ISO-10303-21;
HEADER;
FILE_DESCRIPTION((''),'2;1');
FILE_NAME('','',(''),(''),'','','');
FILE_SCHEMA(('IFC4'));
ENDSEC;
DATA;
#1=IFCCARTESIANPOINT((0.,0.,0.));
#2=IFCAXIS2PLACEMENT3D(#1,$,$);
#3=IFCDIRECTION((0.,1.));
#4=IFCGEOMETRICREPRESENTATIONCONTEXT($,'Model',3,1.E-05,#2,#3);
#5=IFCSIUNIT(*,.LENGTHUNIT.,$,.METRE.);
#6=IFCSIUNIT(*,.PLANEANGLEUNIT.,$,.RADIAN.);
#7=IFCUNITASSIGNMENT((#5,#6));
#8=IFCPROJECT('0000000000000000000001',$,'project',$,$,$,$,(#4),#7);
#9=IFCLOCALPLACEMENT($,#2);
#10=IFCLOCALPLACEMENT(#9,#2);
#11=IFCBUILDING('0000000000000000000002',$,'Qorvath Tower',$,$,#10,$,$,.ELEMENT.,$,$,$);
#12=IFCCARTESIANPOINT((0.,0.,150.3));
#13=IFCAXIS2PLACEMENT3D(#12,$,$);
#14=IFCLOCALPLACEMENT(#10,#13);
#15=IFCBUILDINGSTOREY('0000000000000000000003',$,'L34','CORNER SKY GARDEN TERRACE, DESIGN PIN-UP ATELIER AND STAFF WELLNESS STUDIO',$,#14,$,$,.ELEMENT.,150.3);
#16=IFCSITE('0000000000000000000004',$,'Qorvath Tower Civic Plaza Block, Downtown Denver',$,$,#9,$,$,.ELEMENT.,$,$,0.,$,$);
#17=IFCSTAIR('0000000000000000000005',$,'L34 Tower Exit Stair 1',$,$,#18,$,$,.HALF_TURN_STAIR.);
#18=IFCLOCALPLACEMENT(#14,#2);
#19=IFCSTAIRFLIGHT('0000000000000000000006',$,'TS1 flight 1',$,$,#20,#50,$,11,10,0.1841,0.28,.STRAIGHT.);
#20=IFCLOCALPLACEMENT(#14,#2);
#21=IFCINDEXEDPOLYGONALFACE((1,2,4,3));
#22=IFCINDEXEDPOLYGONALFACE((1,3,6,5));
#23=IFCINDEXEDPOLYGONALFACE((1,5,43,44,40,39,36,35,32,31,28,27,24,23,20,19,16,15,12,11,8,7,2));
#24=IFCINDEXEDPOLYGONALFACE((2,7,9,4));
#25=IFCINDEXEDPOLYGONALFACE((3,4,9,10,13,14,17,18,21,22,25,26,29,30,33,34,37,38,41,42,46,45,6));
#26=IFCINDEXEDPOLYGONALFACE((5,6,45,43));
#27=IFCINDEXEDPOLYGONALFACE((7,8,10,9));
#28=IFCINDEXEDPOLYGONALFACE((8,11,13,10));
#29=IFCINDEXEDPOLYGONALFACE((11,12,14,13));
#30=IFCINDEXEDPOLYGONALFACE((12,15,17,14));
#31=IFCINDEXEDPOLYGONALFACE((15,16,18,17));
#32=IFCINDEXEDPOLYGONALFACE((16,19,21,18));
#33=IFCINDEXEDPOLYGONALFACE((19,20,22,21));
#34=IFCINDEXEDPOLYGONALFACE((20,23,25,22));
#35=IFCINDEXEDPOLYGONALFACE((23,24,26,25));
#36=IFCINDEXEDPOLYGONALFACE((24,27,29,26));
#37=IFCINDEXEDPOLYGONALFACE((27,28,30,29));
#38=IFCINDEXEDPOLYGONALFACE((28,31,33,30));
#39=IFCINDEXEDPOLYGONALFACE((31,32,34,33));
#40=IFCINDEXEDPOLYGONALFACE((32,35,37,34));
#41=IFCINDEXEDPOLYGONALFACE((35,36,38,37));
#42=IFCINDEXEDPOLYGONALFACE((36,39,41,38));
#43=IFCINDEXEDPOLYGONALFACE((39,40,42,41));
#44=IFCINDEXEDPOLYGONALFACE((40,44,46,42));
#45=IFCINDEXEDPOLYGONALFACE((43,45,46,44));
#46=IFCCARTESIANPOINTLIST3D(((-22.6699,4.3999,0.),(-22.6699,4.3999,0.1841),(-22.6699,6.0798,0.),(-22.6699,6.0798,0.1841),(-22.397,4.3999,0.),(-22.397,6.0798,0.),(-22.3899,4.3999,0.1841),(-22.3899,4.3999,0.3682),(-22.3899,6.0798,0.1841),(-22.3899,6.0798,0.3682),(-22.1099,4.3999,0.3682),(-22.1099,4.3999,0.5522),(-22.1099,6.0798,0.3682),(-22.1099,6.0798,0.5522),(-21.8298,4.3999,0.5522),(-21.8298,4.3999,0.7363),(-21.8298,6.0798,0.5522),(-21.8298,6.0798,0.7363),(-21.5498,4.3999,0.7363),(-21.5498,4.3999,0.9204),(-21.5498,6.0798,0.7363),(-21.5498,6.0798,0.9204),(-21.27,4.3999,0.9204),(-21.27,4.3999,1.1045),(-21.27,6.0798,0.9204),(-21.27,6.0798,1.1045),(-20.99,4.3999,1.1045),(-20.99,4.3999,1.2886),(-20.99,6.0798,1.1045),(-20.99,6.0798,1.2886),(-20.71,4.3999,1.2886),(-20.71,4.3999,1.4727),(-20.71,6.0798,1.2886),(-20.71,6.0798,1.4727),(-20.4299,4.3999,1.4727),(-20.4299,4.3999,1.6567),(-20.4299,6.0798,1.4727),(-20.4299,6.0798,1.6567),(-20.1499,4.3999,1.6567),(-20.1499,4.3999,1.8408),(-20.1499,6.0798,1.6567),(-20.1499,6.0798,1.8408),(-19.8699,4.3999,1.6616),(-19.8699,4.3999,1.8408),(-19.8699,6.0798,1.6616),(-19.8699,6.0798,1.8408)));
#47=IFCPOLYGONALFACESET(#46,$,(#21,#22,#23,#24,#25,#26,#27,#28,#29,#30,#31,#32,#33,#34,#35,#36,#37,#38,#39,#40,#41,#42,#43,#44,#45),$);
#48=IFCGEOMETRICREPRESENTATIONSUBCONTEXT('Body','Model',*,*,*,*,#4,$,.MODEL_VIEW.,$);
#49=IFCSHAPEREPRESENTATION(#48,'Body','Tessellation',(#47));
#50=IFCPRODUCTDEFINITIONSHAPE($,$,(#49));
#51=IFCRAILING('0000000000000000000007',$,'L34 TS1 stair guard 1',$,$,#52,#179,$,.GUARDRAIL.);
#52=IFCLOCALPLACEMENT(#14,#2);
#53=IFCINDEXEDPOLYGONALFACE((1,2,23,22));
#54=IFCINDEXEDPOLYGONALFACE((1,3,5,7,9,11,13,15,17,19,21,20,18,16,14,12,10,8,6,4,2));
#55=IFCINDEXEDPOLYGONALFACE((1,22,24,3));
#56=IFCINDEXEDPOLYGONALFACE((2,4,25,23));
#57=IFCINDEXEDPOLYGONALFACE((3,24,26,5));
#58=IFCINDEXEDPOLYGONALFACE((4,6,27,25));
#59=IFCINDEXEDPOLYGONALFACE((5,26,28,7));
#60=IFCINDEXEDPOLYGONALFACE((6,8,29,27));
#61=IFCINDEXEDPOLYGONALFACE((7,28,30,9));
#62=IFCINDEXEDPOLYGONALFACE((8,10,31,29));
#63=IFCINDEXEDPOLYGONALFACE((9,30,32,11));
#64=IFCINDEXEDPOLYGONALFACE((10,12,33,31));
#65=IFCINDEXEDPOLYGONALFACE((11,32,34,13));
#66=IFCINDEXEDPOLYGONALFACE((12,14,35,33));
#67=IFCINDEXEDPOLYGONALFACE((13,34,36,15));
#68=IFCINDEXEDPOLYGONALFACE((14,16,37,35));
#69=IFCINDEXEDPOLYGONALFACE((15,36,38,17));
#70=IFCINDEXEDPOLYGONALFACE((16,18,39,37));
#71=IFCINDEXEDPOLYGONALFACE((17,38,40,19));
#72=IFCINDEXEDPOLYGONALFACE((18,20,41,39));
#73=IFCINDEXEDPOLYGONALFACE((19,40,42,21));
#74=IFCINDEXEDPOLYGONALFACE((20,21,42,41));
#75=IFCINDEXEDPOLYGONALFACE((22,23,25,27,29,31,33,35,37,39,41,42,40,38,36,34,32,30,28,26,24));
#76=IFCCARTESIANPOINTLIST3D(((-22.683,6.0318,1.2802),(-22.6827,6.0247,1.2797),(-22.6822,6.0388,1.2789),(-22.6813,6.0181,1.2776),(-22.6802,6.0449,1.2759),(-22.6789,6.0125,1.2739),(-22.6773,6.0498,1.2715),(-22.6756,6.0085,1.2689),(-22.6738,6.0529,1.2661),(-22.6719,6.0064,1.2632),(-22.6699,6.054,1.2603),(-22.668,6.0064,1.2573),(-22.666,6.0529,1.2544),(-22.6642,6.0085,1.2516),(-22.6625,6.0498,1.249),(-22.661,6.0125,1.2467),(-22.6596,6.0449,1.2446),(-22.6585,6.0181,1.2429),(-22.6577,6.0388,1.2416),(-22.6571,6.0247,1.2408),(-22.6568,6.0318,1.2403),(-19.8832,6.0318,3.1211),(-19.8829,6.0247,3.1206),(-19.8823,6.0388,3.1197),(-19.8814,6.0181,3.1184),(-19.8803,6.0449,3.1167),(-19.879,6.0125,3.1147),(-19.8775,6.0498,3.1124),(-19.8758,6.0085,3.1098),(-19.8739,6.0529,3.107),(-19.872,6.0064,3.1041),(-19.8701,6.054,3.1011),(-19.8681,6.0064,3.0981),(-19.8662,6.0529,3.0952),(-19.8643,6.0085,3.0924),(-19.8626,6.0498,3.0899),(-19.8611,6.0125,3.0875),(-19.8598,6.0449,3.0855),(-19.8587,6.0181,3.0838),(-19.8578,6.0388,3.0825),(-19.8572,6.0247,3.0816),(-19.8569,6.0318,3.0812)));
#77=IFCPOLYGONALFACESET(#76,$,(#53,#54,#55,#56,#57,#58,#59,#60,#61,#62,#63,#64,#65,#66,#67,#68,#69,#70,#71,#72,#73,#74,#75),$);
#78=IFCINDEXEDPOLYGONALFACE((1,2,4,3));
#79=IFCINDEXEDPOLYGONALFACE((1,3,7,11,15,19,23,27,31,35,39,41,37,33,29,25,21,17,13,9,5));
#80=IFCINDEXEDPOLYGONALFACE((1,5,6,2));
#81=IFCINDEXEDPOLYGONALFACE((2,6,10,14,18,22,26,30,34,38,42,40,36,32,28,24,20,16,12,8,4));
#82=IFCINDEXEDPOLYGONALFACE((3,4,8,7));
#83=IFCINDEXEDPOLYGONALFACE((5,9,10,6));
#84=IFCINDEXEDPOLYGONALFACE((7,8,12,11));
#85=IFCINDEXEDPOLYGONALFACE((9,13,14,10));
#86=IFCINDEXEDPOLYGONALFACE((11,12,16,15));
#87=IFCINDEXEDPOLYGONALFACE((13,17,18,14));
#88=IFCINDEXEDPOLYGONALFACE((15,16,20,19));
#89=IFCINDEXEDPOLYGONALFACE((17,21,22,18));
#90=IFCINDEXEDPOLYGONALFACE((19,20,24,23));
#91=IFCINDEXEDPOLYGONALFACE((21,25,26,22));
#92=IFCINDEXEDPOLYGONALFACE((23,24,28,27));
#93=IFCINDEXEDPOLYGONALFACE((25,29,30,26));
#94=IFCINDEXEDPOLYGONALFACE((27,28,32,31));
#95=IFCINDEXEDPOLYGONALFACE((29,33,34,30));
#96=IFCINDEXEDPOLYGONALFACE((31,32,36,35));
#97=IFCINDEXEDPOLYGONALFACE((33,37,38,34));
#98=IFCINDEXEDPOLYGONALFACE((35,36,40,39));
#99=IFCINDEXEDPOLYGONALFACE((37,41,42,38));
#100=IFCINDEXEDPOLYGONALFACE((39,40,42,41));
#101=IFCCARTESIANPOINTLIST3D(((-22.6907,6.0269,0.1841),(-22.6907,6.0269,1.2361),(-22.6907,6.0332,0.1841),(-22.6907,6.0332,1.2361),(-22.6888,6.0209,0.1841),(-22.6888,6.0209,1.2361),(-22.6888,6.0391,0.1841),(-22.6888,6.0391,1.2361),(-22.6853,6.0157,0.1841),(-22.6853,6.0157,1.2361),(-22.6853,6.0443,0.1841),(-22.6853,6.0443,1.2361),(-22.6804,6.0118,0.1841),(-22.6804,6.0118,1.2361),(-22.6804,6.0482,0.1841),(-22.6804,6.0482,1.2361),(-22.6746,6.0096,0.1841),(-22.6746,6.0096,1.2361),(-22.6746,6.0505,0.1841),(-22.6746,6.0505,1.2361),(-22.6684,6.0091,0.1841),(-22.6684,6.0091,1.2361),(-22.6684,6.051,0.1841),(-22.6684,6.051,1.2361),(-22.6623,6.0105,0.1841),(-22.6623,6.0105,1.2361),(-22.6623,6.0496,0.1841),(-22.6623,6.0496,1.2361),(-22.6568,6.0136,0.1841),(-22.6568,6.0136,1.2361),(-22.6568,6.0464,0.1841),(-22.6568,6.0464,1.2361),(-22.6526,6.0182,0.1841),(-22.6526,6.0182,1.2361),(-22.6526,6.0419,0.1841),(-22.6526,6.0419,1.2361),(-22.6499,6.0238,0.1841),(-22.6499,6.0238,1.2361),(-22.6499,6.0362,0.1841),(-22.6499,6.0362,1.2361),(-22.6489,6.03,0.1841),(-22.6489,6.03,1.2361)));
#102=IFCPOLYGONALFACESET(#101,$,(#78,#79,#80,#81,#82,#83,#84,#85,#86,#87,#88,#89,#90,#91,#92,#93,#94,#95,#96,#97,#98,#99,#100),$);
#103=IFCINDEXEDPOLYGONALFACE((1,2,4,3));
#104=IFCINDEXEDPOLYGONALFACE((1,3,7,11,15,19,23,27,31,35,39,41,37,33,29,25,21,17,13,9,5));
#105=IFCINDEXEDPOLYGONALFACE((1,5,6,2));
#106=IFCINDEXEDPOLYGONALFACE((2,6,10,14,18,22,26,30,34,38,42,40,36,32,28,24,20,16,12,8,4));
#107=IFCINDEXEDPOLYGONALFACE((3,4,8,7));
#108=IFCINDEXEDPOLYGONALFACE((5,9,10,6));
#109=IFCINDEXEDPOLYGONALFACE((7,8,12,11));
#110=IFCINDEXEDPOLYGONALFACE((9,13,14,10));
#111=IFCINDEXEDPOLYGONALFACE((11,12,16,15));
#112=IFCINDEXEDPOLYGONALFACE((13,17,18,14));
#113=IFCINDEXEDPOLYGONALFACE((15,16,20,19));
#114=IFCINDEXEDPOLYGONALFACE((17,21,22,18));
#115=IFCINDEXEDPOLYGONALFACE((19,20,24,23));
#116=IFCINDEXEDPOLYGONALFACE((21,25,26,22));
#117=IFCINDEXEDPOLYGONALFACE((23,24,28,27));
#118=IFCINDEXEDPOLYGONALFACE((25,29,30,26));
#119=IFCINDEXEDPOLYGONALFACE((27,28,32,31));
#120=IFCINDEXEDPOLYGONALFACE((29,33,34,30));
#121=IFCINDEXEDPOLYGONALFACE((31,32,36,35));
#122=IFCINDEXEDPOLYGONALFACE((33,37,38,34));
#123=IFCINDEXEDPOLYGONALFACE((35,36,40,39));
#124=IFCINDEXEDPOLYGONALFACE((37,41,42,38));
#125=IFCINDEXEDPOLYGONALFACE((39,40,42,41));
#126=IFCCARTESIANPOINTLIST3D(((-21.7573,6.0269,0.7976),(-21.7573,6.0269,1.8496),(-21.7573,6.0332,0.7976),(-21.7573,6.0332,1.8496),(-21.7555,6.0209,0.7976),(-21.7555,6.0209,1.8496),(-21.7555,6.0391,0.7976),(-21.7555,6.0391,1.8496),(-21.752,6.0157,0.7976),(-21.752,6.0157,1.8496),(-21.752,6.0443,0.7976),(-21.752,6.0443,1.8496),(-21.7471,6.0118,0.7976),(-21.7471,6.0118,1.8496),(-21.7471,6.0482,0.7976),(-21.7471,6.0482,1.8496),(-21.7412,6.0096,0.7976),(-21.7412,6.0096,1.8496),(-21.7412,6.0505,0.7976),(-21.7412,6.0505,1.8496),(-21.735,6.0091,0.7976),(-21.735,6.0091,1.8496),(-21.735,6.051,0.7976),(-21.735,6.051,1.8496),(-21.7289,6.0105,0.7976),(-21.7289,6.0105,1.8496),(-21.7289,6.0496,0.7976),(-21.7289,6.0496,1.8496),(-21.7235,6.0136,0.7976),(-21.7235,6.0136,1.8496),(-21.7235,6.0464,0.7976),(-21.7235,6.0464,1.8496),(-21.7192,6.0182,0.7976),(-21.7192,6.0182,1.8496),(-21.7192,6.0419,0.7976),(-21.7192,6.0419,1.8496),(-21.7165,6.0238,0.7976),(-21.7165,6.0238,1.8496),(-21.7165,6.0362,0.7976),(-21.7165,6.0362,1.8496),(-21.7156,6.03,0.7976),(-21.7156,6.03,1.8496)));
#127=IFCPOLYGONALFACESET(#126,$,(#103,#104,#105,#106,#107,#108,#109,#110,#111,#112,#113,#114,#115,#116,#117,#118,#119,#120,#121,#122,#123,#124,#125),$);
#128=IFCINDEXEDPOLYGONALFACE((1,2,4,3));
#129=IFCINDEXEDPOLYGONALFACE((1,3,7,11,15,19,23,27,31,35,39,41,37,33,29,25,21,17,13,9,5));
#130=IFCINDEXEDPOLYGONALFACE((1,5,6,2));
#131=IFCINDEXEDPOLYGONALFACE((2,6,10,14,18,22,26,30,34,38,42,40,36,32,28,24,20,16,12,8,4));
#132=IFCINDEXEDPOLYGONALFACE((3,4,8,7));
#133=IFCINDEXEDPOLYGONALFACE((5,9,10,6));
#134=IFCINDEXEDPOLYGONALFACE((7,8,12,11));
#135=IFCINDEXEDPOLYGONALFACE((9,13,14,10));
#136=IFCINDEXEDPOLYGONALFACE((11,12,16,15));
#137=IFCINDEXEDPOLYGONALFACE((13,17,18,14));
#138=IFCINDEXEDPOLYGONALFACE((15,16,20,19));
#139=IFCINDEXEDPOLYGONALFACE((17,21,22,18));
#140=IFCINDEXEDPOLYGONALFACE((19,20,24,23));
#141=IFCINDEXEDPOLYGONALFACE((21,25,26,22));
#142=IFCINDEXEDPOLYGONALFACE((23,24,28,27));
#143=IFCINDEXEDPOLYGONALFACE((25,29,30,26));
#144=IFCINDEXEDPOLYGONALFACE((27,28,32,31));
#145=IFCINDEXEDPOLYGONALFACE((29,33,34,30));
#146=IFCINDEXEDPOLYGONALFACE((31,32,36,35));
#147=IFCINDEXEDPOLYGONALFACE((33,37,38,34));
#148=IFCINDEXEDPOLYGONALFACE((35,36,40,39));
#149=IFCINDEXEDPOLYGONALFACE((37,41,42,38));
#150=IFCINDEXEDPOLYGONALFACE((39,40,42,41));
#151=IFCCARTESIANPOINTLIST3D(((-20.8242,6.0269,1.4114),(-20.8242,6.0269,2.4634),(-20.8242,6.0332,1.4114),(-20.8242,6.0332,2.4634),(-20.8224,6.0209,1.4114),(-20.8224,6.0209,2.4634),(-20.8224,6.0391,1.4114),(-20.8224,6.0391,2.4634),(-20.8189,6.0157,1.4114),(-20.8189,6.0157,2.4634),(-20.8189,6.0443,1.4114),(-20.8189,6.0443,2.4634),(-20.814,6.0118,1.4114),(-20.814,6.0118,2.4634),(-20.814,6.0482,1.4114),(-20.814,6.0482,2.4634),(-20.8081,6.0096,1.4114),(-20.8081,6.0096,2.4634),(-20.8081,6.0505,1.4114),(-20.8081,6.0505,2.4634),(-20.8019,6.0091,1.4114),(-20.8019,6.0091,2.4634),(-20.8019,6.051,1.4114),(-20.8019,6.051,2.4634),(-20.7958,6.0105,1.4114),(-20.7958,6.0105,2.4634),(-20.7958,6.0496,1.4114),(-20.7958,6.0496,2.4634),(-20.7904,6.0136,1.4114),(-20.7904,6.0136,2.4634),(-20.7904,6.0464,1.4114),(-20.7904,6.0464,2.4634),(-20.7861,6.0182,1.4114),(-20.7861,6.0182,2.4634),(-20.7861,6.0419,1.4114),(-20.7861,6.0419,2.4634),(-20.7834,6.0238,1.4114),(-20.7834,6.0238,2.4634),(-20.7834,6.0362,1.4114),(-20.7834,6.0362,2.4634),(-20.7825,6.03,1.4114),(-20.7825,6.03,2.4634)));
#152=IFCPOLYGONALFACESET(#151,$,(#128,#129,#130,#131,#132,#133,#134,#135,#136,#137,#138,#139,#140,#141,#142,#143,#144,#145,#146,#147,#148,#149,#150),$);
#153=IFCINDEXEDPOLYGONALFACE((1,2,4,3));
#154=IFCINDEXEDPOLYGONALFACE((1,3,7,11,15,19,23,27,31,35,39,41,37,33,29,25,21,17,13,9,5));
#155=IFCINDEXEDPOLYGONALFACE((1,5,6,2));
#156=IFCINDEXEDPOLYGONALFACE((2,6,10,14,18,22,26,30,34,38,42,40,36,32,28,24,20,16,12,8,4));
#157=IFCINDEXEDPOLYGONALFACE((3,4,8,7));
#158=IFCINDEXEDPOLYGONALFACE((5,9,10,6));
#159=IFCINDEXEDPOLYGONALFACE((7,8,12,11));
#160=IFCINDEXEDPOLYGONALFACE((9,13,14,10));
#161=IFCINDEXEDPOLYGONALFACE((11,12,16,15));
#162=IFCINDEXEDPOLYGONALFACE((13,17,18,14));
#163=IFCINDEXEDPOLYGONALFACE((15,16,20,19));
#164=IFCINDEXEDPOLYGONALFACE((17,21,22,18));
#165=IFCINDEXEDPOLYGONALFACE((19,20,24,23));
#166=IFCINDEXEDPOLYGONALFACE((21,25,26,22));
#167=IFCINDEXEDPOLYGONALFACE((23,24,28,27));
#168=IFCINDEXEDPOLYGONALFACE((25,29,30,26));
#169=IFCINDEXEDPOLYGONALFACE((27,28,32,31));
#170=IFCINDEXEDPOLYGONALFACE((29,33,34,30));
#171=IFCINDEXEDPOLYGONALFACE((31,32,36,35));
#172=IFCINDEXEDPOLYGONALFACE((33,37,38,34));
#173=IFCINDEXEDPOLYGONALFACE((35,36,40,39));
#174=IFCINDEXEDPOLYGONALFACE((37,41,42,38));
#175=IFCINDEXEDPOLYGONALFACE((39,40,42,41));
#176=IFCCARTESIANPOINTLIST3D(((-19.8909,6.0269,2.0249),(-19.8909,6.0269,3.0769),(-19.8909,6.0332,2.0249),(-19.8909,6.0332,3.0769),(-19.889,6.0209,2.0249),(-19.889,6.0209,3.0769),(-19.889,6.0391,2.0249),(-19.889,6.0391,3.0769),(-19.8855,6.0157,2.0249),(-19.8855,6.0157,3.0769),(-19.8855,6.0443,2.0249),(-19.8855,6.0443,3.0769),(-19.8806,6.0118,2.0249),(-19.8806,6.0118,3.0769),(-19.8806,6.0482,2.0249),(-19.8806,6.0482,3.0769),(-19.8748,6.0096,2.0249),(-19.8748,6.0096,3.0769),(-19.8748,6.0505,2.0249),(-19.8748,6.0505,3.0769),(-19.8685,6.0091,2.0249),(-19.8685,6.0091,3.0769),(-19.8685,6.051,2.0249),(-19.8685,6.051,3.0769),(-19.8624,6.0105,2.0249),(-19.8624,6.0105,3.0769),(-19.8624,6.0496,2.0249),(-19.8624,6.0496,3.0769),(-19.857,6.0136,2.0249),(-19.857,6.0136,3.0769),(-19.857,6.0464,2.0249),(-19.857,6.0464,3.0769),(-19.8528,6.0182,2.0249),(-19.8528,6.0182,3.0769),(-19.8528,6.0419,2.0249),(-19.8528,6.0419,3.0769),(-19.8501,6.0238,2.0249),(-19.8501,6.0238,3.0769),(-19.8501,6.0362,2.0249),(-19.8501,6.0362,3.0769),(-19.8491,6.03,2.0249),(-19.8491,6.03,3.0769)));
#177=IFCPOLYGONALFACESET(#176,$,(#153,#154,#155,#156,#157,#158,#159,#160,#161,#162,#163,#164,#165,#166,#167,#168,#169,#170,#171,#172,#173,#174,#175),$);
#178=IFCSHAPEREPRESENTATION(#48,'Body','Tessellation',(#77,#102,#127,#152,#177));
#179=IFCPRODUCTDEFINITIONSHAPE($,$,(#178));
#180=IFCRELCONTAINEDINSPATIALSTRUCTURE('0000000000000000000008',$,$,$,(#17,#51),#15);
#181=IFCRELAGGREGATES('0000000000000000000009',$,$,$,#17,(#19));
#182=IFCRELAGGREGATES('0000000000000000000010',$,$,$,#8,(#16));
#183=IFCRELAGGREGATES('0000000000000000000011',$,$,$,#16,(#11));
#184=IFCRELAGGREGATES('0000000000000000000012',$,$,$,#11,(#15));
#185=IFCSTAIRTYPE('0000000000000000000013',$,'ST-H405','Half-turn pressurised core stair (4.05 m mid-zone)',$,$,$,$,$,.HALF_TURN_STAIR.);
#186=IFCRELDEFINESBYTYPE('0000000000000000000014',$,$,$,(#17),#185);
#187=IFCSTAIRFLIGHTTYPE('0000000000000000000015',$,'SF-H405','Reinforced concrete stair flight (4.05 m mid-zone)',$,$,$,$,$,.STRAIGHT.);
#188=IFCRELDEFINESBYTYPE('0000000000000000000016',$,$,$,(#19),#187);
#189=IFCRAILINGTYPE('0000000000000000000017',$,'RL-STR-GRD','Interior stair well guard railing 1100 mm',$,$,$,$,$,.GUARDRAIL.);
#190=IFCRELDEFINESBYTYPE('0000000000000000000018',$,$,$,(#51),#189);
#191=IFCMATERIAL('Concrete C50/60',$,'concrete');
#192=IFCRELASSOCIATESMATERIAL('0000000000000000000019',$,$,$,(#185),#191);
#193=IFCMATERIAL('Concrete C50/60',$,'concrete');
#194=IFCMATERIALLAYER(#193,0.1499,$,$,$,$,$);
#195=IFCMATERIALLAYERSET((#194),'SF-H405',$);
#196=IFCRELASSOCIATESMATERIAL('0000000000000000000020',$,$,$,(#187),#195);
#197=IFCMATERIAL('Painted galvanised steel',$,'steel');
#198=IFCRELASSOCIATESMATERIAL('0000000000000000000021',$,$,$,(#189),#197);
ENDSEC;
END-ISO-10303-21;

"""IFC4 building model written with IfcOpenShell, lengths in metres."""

from ifc_helpers import new_model, si_unit, direction, frame, origin, origin_2d, place, context, subcontext, project, spatial, polyline, circle, outline, extrude, material, layer, layer_set, type_object, element, aggregate, save


model = new_model("IFC4")

# Units and contexts
model_context = context("Model", 3, precision=1e-05, world=origin(), true_north=direction((0.0, 1.0)))
body_context = subcontext(model_context, "Body", "Model", "MODEL_VIEW")
ifc_project = project(units=[si_unit("LENGTHUNIT", "METRE"), si_unit("PLANEANGLEUNIT", "RADIAN")], contexts=[model_context])

# Site, building, storey
site_placement = place(None, origin())
site = spatial("IfcSite", under=ifc_project, at=site_placement, Name="Qorvath Tower Civic Plaza Block, Downtown Denver", CompositionType="ELEMENT", RefElevation=0.0)
building_placement = place(site_placement, origin())
building = spatial("IfcBuilding", under=site, at=building_placement, Name="Qorvath Tower", CompositionType="ELEMENT")
storey_placement = place(building_placement, frame((0.0, 0.0, 150.3)))
storey = spatial("IfcBuildingStorey", under=building, at=storey_placement, Name="L34", Description="CORNER SKY GARDEN TERRACE, DESIGN PIN-UP ATELIER AND STAFF WELLNESS STUDIO", CompositionType="ELEMENT", Elevation=150.3)

# Stair, stair flight
ifc_material_1 = material(Name="Concrete C50/60", Category="concrete")
stair_type = type_object("IfcStairType", Name="ST-H405", Description="Half-turn pressurised core stair (4.05 m mid-zone)", PredefinedType="HALF_TURN_STAIR", material=ifc_material_1)
stair_placement = place(storey_placement, origin())
stair = element("IfcStair", 1, at=stair_placement, inside=storey, type_object=stair_type, Name="L34 Tower Exit Stair 1", PredefinedType="HALF_TURN_STAIR")
ifc_material_2 = material(Name="Concrete C50/60", Category="concrete")
ifc_layer_1 = layer(ifc_material_2, 0.1499)
ifc_layer_set_1 = layer_set([ifc_layer_1], Name="SF-H405")
stair_flight_type = type_object("IfcStairFlightType", Name="SF-H405", Description="Reinforced concrete stair flight (4.05 m mid-zone)", PredefinedType="STRAIGHT", material=ifc_layer_set_1)
stair_flight_placement = place(storey_placement, frame((-22.6699, 5.24, 0.0), z_axis=(0.0, 0.0, 1.0), x_axis=(1.0, 0.0, 0.0)))
stair_flight = element("IfcStairFlight", 2, at=stair_flight_placement, type_object=stair_flight_type, Name="TS1 flight 1", NumberOfRisers=11, NumberOfTreads=10, PredefinedType="STRAIGHT", RiserHeight=0.1841, TreadLength=0.28, context=body_context, shape_type="SweptSolid", body=[
    extrude(outline(polyline([(0.0, 0.0), (0.0, 0.1841), (0.28, 0.1841), (0.28, 0.3682), (0.5601, 0.3682), (0.5601, 0.5522), (0.8401, 0.5522), (0.8401, 0.7363), (1.1201, 0.7363), (1.1201, 0.9204), (1.3999, 0.9204), (1.3999, 1.1045), (1.6799, 1.1045), (1.6799, 1.2886), (1.96, 1.2886), (1.96, 1.4727), (2.24, 1.4727), (2.24, 1.6567), (2.52, 1.6567), (2.52, 1.8408), (2.8, 1.8408), (2.8, 2.0249), (2.8, 1.6616), (0.2729, 0.0), (0.0, 0.0)])), frame((0.0, 0.8398, 0.0), z_axis=(0.0, -1.0, 0.0), x_axis=(1.0, 0.0, 0.0)), (0.0, 0.0, 1.0), 1.6799),
])
aggregate(stair, [stair_flight])

# Railing
ifc_material_3 = material(Name="Painted galvanised steel", Category="steel")
railing_type_1 = type_object("IfcRailingType", Name="RL-STR-GRD", Description="Interior stair well guard railing 1100 mm", PredefinedType="GUARDRAIL", material=ifc_material_3)
railing_1_placement = place(storey_placement, frame((-22.6699, 6.03, 0.1841)))
element("IfcRailing", 3, at=railing_1_placement, inside=storey, type_object=railing_type_1, Name="L34 TS1 stair guard 1", PredefinedType="GUARDRAIL", context=body_context, shape_type="SweptSolid", body=[
    extrude(circle(Radius=0.0239, at=origin_2d()), frame((0.0, 0.0, 1.0762), z_axis=(0.835576, 0.0, 0.549376), x_axis=(0.0, 1.0, 0.0)), (0.0, 0.0, 1.0), 3.3508),
    extrude(circle(Radius=0.021, at=origin_2d()), origin(), (0.0, 0.0, 1.0), 1.052),
    extrude(circle(Radius=0.021, at=origin_2d()), frame((0.9333, 0.0, 0.6135)), (0.0, 0.0, 1.0), 1.052),
    extrude(circle(Radius=0.021, at=origin_2d()), frame((1.8665, 0.0, 1.2273)), (0.0, 0.0, 1.0), 1.052),
    extrude(circle(Radius=0.021, at=origin_2d()), frame((2.7998, 0.0, 1.8408)), (0.0, 0.0, 1.0), 1.052),
])

save(model, "model.ifc")
